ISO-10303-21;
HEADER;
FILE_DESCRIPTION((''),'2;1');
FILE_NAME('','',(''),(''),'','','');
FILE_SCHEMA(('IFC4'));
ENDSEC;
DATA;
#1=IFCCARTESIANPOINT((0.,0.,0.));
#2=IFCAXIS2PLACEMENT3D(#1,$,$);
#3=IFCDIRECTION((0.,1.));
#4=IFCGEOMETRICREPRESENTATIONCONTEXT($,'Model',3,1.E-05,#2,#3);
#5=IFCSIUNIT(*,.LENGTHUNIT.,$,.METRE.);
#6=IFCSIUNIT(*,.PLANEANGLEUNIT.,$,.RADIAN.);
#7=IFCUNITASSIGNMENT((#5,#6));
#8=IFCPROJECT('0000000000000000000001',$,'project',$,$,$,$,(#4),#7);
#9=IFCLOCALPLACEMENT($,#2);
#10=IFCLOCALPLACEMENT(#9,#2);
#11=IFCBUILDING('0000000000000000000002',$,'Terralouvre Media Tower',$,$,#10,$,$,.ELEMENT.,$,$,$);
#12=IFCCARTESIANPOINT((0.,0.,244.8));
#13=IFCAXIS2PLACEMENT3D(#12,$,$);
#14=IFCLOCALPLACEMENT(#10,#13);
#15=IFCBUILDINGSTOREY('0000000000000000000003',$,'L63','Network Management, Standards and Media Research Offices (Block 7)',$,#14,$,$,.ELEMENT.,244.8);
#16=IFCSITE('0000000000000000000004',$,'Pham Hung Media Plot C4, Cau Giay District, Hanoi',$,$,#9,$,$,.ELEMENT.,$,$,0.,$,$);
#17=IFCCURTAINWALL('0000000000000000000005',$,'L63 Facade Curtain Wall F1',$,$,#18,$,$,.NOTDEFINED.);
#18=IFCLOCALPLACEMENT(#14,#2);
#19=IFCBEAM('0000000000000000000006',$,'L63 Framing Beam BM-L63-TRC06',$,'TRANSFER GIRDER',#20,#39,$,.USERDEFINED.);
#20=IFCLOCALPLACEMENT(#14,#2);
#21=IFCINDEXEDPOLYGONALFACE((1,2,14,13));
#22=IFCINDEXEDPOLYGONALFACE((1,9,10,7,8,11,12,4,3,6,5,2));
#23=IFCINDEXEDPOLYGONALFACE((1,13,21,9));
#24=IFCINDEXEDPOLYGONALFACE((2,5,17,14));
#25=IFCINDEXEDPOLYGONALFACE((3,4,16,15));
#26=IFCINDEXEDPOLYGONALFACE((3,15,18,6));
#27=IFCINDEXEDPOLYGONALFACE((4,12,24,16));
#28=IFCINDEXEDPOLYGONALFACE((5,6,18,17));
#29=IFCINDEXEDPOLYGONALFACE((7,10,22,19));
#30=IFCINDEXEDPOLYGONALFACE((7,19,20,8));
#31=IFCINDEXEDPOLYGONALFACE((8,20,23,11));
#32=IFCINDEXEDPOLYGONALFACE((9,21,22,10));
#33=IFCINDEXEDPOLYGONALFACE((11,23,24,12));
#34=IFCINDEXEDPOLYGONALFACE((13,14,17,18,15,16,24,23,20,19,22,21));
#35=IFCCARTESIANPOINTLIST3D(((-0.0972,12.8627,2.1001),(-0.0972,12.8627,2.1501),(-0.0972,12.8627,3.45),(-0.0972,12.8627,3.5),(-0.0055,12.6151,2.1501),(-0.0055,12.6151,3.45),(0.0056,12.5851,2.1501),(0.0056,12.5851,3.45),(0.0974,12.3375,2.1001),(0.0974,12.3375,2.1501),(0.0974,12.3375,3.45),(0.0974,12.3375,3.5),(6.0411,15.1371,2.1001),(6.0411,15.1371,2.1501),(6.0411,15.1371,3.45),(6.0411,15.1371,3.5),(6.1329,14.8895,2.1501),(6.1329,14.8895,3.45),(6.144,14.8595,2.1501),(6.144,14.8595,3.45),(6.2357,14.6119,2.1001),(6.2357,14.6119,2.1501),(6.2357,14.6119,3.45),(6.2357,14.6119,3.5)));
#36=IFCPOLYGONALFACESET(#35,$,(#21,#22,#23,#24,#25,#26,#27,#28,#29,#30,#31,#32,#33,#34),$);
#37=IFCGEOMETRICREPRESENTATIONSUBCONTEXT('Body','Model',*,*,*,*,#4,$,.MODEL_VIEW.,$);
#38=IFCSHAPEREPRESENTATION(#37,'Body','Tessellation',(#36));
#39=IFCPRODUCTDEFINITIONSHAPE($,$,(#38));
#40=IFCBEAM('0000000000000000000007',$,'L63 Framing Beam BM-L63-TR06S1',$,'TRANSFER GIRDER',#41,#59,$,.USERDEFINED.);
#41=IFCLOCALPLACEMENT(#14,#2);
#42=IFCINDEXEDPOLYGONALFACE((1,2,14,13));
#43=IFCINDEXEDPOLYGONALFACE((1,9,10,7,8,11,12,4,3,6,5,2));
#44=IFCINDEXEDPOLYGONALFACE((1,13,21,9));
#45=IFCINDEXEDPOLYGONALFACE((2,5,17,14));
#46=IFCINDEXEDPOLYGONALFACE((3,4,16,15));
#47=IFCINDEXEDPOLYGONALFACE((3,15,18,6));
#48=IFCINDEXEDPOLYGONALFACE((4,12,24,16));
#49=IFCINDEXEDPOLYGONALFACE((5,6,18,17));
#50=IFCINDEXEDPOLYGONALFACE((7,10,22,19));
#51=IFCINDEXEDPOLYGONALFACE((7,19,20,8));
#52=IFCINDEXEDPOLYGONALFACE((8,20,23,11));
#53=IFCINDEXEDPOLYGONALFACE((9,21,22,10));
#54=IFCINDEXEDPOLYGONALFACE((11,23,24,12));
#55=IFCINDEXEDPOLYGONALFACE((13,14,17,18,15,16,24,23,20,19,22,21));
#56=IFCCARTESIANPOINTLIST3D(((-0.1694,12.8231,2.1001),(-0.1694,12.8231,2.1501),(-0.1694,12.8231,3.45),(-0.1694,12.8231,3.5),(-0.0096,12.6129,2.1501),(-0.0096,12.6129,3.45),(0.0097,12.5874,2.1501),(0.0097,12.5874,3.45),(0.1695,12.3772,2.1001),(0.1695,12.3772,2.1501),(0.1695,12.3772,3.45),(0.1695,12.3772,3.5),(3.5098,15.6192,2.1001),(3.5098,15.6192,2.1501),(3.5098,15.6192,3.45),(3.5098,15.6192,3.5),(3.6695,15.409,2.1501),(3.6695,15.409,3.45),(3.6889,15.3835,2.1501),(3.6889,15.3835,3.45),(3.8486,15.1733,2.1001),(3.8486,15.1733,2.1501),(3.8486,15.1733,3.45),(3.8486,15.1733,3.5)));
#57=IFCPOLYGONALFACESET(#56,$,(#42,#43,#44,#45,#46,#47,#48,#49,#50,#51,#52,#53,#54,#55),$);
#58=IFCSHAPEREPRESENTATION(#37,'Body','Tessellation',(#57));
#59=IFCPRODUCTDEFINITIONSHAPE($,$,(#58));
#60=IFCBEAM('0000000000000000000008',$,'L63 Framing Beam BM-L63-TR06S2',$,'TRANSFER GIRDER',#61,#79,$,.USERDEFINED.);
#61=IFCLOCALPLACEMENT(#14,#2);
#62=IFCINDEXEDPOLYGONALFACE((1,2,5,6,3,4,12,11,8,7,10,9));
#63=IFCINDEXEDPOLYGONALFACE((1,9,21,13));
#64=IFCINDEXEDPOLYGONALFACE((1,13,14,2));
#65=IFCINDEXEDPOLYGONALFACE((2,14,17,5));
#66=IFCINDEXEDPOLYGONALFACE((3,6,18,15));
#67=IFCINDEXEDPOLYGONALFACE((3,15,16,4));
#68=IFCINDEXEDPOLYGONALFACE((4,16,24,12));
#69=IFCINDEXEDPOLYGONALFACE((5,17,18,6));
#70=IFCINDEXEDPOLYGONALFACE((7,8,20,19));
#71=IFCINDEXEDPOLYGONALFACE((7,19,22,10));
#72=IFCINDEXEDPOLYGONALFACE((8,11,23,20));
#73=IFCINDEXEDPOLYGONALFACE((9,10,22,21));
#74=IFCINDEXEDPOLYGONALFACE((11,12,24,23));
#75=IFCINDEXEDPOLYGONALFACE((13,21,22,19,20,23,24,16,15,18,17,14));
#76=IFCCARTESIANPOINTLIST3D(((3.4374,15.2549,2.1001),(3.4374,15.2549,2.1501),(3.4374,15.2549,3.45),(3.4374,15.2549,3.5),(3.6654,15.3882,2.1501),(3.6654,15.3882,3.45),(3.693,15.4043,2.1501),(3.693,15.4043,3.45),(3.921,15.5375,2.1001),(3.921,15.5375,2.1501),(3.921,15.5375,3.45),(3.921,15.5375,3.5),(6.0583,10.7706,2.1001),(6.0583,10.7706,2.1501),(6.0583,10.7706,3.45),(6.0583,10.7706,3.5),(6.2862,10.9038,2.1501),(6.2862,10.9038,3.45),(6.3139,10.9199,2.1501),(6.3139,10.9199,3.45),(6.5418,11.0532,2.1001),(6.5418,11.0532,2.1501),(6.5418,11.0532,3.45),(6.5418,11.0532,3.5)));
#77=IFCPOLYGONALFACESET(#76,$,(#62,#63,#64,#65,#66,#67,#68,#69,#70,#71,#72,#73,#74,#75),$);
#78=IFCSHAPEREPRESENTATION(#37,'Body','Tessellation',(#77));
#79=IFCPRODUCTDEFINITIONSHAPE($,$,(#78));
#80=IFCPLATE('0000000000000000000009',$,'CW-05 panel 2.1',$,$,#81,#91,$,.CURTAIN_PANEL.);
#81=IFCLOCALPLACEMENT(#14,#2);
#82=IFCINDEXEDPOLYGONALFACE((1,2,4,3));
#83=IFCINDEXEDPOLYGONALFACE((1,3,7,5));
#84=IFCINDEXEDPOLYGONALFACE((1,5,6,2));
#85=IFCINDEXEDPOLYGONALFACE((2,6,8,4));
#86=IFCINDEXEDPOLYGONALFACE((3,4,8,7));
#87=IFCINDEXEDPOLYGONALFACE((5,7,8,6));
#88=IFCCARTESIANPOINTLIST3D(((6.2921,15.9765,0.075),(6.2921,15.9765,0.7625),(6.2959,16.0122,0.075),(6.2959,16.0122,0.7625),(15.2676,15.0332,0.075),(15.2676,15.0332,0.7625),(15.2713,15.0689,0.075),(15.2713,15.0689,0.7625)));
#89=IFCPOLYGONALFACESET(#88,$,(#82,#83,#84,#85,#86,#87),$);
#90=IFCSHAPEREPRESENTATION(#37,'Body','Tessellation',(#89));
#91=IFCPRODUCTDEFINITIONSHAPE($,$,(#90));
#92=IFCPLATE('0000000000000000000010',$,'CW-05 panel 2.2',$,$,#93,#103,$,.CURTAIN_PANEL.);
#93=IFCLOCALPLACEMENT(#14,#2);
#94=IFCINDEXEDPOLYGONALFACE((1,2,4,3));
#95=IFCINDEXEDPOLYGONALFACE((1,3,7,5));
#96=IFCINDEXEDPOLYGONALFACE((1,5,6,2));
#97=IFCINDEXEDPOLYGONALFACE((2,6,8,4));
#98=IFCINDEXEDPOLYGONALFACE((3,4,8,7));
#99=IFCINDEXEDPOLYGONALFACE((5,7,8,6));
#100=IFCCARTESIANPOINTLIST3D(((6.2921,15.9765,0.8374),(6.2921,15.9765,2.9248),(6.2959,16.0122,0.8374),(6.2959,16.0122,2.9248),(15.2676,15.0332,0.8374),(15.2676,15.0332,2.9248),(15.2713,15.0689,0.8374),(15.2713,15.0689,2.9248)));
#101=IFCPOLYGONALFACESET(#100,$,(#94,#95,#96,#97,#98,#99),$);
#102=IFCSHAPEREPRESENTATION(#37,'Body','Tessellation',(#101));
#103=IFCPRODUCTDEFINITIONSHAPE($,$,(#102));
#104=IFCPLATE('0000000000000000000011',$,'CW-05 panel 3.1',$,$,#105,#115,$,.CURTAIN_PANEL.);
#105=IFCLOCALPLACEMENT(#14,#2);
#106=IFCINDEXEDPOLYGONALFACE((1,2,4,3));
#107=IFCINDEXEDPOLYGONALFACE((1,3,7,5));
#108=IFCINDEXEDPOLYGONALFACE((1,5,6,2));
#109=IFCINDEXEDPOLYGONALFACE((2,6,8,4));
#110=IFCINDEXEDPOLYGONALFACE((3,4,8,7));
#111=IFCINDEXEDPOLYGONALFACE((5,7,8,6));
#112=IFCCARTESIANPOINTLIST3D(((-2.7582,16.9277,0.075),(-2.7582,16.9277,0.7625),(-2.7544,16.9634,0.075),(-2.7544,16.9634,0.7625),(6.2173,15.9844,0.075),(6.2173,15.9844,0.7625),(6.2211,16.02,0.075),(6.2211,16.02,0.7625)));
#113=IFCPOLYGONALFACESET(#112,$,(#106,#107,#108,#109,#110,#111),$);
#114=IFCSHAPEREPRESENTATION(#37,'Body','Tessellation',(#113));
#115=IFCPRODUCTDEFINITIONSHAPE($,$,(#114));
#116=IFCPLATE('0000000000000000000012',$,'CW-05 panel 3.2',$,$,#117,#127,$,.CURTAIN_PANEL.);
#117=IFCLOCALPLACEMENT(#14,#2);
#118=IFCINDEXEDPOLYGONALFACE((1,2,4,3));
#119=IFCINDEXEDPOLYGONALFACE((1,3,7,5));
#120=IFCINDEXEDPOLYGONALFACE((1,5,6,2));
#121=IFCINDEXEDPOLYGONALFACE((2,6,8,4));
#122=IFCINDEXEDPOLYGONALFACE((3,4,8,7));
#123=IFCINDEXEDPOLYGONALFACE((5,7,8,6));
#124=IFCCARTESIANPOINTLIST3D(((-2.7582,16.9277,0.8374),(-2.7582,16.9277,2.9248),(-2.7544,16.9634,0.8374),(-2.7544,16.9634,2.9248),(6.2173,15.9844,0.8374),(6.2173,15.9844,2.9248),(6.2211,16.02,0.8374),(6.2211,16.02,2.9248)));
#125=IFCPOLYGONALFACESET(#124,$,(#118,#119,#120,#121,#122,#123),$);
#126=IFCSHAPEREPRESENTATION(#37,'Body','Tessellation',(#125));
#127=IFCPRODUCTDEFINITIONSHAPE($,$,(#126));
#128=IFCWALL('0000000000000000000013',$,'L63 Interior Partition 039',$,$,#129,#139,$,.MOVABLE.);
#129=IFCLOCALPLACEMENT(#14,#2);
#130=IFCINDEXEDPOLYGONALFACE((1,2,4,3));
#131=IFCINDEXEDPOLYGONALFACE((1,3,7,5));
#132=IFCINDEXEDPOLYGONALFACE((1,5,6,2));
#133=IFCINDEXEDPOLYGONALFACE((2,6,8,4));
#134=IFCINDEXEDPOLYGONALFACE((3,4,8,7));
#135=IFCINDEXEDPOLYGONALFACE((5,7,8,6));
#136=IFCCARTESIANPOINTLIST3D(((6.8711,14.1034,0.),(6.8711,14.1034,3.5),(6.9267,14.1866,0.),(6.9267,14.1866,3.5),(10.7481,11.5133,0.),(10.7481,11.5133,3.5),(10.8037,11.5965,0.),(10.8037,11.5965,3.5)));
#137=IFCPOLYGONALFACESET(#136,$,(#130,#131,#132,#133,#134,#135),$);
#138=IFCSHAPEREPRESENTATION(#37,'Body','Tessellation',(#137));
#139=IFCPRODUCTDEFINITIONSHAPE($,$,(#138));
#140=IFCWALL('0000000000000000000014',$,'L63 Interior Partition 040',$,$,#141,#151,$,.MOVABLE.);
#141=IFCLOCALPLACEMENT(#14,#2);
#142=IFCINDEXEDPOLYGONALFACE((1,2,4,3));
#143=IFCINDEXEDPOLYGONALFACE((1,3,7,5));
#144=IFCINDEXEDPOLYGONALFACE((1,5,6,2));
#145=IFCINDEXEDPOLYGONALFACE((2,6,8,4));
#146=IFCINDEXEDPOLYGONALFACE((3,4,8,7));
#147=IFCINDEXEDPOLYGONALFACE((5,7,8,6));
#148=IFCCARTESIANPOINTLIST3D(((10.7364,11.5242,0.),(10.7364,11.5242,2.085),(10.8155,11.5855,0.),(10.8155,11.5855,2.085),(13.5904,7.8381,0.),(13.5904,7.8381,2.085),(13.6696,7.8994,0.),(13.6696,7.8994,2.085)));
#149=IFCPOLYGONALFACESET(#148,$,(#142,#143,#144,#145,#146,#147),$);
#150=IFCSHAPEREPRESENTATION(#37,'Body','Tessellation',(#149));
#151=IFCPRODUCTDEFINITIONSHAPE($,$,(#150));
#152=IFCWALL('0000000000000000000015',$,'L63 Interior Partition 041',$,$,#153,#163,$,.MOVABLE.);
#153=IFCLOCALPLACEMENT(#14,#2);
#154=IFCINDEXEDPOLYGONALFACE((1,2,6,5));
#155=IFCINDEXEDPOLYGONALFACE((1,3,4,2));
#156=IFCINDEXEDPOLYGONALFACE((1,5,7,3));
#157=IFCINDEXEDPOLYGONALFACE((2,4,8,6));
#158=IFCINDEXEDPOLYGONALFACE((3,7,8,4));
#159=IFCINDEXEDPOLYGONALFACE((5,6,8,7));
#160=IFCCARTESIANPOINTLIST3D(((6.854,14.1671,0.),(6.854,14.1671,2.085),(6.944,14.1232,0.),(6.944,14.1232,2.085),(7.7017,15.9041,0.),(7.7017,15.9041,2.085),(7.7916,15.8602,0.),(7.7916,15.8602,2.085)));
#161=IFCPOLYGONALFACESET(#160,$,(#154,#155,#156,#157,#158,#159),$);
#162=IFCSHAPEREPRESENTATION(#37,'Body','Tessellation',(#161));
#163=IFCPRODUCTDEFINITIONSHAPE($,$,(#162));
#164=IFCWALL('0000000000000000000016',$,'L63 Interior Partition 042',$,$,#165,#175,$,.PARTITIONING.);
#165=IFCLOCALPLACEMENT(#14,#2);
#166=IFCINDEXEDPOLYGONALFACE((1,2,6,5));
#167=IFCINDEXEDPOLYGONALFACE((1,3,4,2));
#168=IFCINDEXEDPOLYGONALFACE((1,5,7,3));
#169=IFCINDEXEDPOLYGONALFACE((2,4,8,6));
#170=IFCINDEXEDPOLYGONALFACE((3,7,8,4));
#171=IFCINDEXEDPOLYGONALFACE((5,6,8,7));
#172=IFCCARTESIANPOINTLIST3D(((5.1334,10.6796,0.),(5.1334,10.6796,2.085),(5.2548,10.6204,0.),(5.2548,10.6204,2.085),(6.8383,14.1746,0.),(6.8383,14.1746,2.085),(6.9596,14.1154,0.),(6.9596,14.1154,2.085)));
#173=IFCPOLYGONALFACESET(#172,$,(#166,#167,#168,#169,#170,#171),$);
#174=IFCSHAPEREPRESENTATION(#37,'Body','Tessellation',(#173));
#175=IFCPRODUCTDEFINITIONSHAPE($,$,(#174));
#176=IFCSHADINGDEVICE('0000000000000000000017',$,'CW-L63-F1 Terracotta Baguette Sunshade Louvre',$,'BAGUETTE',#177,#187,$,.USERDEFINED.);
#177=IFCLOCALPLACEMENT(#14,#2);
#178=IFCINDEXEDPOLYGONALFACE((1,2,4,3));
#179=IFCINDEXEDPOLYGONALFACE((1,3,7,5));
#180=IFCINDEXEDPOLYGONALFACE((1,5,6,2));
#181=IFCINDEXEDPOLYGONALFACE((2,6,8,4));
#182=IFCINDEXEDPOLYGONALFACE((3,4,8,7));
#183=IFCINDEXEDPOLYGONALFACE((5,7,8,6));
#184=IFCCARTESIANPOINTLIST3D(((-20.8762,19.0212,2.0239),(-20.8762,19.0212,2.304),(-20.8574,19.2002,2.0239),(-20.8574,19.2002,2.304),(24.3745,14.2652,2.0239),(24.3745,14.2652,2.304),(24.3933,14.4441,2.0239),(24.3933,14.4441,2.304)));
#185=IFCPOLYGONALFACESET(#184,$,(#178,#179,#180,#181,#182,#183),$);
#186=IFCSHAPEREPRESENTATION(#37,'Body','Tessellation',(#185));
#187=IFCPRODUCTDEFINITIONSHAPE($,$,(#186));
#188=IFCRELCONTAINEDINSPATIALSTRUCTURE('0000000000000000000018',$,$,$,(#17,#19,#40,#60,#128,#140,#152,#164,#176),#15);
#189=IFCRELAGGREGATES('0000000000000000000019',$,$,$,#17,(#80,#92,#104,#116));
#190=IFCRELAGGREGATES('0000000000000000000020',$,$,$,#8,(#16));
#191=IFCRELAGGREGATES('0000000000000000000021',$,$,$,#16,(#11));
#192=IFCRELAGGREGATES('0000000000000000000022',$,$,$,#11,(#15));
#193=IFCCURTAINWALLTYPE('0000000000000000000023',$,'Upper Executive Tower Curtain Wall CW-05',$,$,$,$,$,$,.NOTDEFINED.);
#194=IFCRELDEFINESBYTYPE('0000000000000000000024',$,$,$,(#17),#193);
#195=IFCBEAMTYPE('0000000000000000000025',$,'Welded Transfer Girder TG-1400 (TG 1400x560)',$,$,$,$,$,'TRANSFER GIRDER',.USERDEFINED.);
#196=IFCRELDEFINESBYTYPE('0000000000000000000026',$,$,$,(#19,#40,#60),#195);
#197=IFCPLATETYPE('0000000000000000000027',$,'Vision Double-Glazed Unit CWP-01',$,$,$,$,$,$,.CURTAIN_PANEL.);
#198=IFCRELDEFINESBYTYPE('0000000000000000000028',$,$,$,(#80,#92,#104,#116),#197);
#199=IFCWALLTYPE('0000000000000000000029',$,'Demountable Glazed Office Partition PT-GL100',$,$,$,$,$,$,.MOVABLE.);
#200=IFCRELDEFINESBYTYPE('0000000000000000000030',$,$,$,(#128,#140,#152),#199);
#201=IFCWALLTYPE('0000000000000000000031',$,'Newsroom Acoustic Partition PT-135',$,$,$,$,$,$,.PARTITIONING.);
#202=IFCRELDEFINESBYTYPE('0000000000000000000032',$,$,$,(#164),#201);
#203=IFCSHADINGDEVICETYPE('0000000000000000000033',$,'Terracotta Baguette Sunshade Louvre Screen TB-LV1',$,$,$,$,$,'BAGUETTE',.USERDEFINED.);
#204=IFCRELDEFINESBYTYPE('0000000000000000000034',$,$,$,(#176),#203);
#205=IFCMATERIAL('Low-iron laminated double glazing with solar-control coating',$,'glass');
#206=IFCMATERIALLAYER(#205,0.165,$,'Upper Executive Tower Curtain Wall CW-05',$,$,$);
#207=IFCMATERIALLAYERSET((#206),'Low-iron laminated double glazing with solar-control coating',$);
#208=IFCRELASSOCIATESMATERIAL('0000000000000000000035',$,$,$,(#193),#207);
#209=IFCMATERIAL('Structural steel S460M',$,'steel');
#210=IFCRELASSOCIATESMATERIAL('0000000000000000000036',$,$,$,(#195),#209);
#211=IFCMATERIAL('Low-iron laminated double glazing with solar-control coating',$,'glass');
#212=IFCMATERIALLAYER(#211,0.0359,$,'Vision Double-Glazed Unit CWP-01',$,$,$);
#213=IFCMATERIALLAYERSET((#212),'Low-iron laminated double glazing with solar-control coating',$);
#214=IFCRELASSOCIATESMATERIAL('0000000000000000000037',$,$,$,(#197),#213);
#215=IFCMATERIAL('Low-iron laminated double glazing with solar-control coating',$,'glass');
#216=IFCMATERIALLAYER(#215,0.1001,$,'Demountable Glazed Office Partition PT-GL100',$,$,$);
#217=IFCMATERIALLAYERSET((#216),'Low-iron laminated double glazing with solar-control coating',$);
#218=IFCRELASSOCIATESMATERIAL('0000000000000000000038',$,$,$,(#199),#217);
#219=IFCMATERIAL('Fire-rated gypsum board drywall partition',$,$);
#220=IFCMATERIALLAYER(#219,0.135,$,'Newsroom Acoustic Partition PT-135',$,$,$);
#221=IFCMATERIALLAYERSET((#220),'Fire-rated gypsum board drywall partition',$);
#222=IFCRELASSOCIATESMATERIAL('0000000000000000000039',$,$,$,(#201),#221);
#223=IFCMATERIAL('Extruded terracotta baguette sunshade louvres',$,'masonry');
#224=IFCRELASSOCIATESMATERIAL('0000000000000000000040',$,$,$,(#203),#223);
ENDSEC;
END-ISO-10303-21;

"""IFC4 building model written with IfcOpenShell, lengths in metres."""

from ifc_helpers import new_model, si_unit, direction, frame, frame_2d, origin, origin_2d, place, context, subcontext, project, spatial, rectangle, i_section, extrude, material, layer, layer_set, material_profile, profile_set, type_object, element, aggregate, save


model = new_model("IFC4")

# Units and contexts
model_context = context("Model", 3, precision=1e-05, world=origin(), true_north=direction((0.0, 1.0)))
body_context = subcontext(model_context, "Body", "Model", "MODEL_VIEW")
ifc_project = project(units=[si_unit("LENGTHUNIT", "METRE"), si_unit("PLANEANGLEUNIT", "RADIAN")], contexts=[model_context])

# Site, building, storey
site_placement = place(None, origin())
site = spatial("IfcSite", under=ifc_project, at=site_placement, Name="Pham Hung Media Plot C4, Cau Giay District, Hanoi", CompositionType="ELEMENT", RefElevation=0.0)
building_placement = place(site_placement, origin())
building = spatial("IfcBuilding", under=site, at=building_placement, Name="Terralouvre Media Tower", CompositionType="ELEMENT")
storey_placement = place(building_placement, frame((0.0, 0.0, 244.8)))
storey = spatial("IfcBuildingStorey", under=building, at=storey_placement, Name="L63", Description="Network Management, Standards and Media Research Offices (Block 7)", CompositionType="ELEMENT", Elevation=244.8)

# Curtain wall
ifc_material_1 = material(Name="Low-iron laminated double glazing with solar-control coating", Category="glass")
ifc_layer_1 = layer(ifc_material_1, 0.165, Name="Upper Executive Tower Curtain Wall CW-05")
ifc_layer_set_1 = layer_set([ifc_layer_1], Name="Low-iron laminated double glazing with solar-control coating")
curtain_wall_type = type_object("IfcCurtainWallType", Name="Upper Executive Tower Curtain Wall CW-05", PredefinedType="NOTDEFINED", material=ifc_layer_set_1)
curtain_wall_placement = place(storey_placement, origin())
curtain_wall = element("IfcCurtainWall", 1, at=curtain_wall_placement, inside=storey, type_object=curtain_wall_type, Name="L63 Facade Curtain Wall F1", PredefinedType="NOTDEFINED")

# Beams
ifc_material_2 = material(Name="Structural steel S460M", Category="steel")
ifc_material_profile_1 = material_profile(ifc_material_2, i_section(OverallWidth=0.5601, OverallDepth=1.3999, WebThickness=0.032, FlangeThickness=0.05, at=origin_2d()), Name="TG 1400x560")
ifc_profile_set_1 = profile_set([ifc_material_profile_1], Name="Structural steel S460M")
beam_type_1 = type_object("IfcBeamType", Name="Welded Transfer Girder TG-1400 (TG 1400x560)", ElementType="TRANSFER GIRDER", PredefinedType="USERDEFINED", material=ifc_profile_set_1)
beam_1_placement = place(storey_placement, frame((6.1384, 14.8745, 2.8), z_axis=(-0.937703, -0.347438, 0.0), x_axis=(0.347438, -0.937703, 0.0)))
element("IfcBeam", 2, at=beam_1_placement, inside=storey, type_object=beam_type_1, Name="L63 Framing Beam BM-L63-TRC06", ObjectType="TRANSFER GIRDER", PredefinedType="USERDEFINED", context=body_context, shape_type="SweptSolid", body=[
    extrude(i_section(OverallWidth=0.5601, OverallDepth=1.3999, WebThickness=0.032, FlangeThickness=0.05, at=origin_2d()), origin(), (0.0, 0.0, 1.0), 6.5461),
])
beam_2_placement = place(storey_placement, frame((3.6792, 15.3962, 2.8), z_axis=(-0.796167, -0.605077, 0.0), x_axis=(0.605077, -0.796167, 0.0)))
element("IfcBeam", 3, at=beam_2_placement, inside=storey, type_object=beam_type_1, Name="L63 Framing Beam BM-L63-TR06S1", ObjectType="TRANSFER GIRDER", PredefinedType="USERDEFINED", context=body_context, shape_type="SweptSolid", body=[
    extrude(i_section(OverallWidth=0.5601, OverallDepth=1.3999, WebThickness=0.032, FlangeThickness=0.05, at=origin_2d()), origin(), (0.0, 0.0, 1.0), 4.6211),
])
beam_3_placement = place(storey_placement, frame((3.6792, 15.3962, 2.8), z_axis=(0.504584, -0.863363, 0.0), x_axis=(0.863363, 0.504584, 0.0)))
element("IfcBeam", 4, at=beam_3_placement, inside=storey, type_object=beam_type_1, Name="L63 Framing Beam BM-L63-TR06S2", ObjectType="TRANSFER GIRDER", PredefinedType="USERDEFINED", context=body_context, shape_type="SweptSolid", body=[
    extrude(i_section(OverallWidth=0.5601, OverallDepth=1.3999, WebThickness=0.032, FlangeThickness=0.05, at=origin_2d()), origin(), (0.0, 0.0, 1.0), 5.1941),
])

# Plates
ifc_material_3 = material(Name="Low-iron laminated double glazing with solar-control coating", Category="glass")
ifc_layer_2 = layer(ifc_material_3, 0.0359, Name="Vision Double-Glazed Unit CWP-01")
ifc_layer_set_2 = layer_set([ifc_layer_2], Name="Low-iron laminated double glazing with solar-control coating")
plate_type = type_object("IfcPlateType", Name="Vision Double-Glazed Unit CWP-01", PredefinedType="CURTAIN_PANEL", material=ifc_layer_set_2)
plate_1_placement = place(storey_placement, frame((10.7817, 15.5227, 0.075), z_axis=(0.0, 0.0, 1.0), x_axis=(-0.994522, 0.104529, 0.0)))
plate_1 = element("IfcPlate", 5, at=plate_1_placement, type_object=plate_type, Name="CW-05 panel 2.1", PredefinedType="CURTAIN_PANEL", context=body_context, shape_type="SweptSolid", body=[
    extrude(rectangle(XDim=9.0249, YDim=0.0359, at=origin_2d()), origin(), (0.0, 0.0, 1.0), 0.6875),
])
plate_2_placement = place(storey_placement, frame((10.7817, 15.5227, 0.8374), z_axis=(0.0, 0.0, 1.0), x_axis=(-0.994522, 0.104529, 0.0)))
plate_2 = element("IfcPlate", 6, at=plate_2_placement, type_object=plate_type, Name="CW-05 panel 2.2", PredefinedType="CURTAIN_PANEL", context=body_context, shape_type="SweptSolid", body=[
    extrude(rectangle(XDim=9.0249, YDim=0.0359, at=origin_2d()), origin(), (0.0, 0.0, 1.0), 2.0874),
])
plate_3_placement = place(storey_placement, frame((1.7314, 16.4739, 0.075), z_axis=(0.0, 0.0, 1.0), x_axis=(-0.994522, 0.104529, 0.0)))
plate_3 = element("IfcPlate", 7, at=plate_3_placement, type_object=plate_type, Name="CW-05 panel 3.1", PredefinedType="CURTAIN_PANEL", context=body_context, shape_type="SweptSolid", body=[
    extrude(rectangle(XDim=9.0249, YDim=0.0359, at=origin_2d()), origin(), (0.0, 0.0, 1.0), 0.6875),
])
plate_4_placement = place(storey_placement, frame((1.7314, 16.4739, 0.8374), z_axis=(0.0, 0.0, 1.0), x_axis=(-0.994522, 0.104529, 0.0)))
plate_4 = element("IfcPlate", 8, at=plate_4_placement, type_object=plate_type, Name="CW-05 panel 3.2", PredefinedType="CURTAIN_PANEL", context=body_context, shape_type="SweptSolid", body=[
    extrude(rectangle(XDim=9.0249, YDim=0.0359, at=origin_2d()), origin(), (0.0, 0.0, 1.0), 2.0874),
])
aggregate(curtain_wall, [plate_1, plate_2, plate_3, plate_4])

# Walls
ifc_material_4 = material(Name="Low-iron laminated double glazing with solar-control coating", Category="glass")
ifc_layer_3 = layer(ifc_material_4, 0.1001, Name="Demountable Glazed Office Partition PT-GL100")
ifc_layer_set_3 = layer_set([ifc_layer_3], Name="Low-iron laminated double glazing with solar-control coating")
wall_type_1 = type_object("IfcWallType", Name="Demountable Glazed Office Partition PT-GL100", PredefinedType="MOVABLE", material=ifc_layer_set_3)
wall_1_placement = place(storey_placement, frame((6.8989, 14.145, 0.0), z_axis=(0.0, 0.0, 1.0), x_axis=(0.83151, -0.55551, 0.0)))
element("IfcWall", 9, at=wall_1_placement, inside=storey, type_object=wall_type_1, Name="L63 Interior Partition 039", PredefinedType="MOVABLE", context=body_context, shape_type="SweptSolid", body=[
    extrude(rectangle(XDim=4.6626, YDim=0.1001, at=frame_2d((2.3313, 0.0))), origin(), (0.0, 0.0, 1.0), 3.5),
])
wall_2_placement = place(storey_placement, frame((10.7759, 11.5549, 0.0), z_axis=(0.0, 0.0, 1.0), x_axis=(0.612213, -0.790693, 0.0)))
element("IfcWall", 10, at=wall_2_placement, inside=storey, type_object=wall_type_1, Name="L63 Interior Partition 040", PredefinedType="MOVABLE", context=body_context, shape_type="SweptSolid", body=[
    extrude(rectangle(XDim=4.6619, YDim=0.1001, at=frame_2d((2.3311, 0.0))), origin(), (0.0, 0.0, 1.0), 2.085),
])
wall_3_placement = place(storey_placement, frame((7.7466, 15.8821, 0.0), z_axis=(0.0, 0.0, 1.0), x_axis=(-0.438553, -0.898705, 0.0)))
element("IfcWall", 11, at=wall_3_placement, inside=storey, type_object=wall_type_1, Name="L63 Interior Partition 041", PredefinedType="MOVABLE", context=body_context, shape_type="SweptSolid", body=[
    extrude(rectangle(XDim=1.9329, YDim=0.1001, at=frame_2d((0.9663, 0.0))), origin(), (0.0, 0.0, 1.0), 2.085),
])
ifc_material_5 = material(Name="Fire-rated gypsum board drywall partition")
ifc_layer_4 = layer(ifc_material_5, 0.135, Name="Newsroom Acoustic Partition PT-135")
ifc_layer_set_4 = layer_set([ifc_layer_4], Name="Fire-rated gypsum board drywall partition")
wall_type_2 = type_object("IfcWallType", Name="Newsroom Acoustic Partition PT-135", PredefinedType="PARTITIONING", material=ifc_layer_set_4)
wall_4_placement = place(storey_placement, frame((6.8989, 14.145, 0.0), z_axis=(0.0, 0.0, 1.0), x_axis=(-0.438403, -0.898779, 0.0)))
element("IfcWall", 12, at=wall_4_placement, inside=storey, type_object=wall_type_2, Name="L63 Interior Partition 042", PredefinedType="PARTITIONING", context=body_context, shape_type="SweptSolid", body=[
    extrude(rectangle(XDim=3.8887, YDim=0.135, at=frame_2d((1.9443, 0.0))), origin(), (0.0, 0.0, 1.0), 2.085),
])

# Shading device
ifc_material_6 = material(Name="Extruded terracotta baguette sunshade louvres", Category="masonry")
shading_device_type = type_object("IfcShadingDeviceType", Name="Terracotta Baguette Sunshade Louvre Screen TB-LV1", ElementType="BAGUETTE", PredefinedType="USERDEFINED", material=ifc_material_6)
shading_device_placement = place(storey_placement, frame((1.7585, 16.7327, 2.0239), z_axis=(0.0, 0.0, 1.0), x_axis=(-0.994522, 0.104529, 0.0)))
element("IfcShadingDevice", 13, at=shading_device_placement, inside=storey, type_object=shading_device_type, Name="CW-L63-F1 Terracotta Baguette Sunshade Louvre", ObjectType="BAGUETTE", PredefinedType="USERDEFINED", context=body_context, shape_type="SweptSolid", body=[
    extrude(rectangle(XDim=45.5, YDim=0.1799, at=origin_2d()), origin(), (0.0, 0.0, 1.0), 0.28),
])

save(model, "model.ifc")
